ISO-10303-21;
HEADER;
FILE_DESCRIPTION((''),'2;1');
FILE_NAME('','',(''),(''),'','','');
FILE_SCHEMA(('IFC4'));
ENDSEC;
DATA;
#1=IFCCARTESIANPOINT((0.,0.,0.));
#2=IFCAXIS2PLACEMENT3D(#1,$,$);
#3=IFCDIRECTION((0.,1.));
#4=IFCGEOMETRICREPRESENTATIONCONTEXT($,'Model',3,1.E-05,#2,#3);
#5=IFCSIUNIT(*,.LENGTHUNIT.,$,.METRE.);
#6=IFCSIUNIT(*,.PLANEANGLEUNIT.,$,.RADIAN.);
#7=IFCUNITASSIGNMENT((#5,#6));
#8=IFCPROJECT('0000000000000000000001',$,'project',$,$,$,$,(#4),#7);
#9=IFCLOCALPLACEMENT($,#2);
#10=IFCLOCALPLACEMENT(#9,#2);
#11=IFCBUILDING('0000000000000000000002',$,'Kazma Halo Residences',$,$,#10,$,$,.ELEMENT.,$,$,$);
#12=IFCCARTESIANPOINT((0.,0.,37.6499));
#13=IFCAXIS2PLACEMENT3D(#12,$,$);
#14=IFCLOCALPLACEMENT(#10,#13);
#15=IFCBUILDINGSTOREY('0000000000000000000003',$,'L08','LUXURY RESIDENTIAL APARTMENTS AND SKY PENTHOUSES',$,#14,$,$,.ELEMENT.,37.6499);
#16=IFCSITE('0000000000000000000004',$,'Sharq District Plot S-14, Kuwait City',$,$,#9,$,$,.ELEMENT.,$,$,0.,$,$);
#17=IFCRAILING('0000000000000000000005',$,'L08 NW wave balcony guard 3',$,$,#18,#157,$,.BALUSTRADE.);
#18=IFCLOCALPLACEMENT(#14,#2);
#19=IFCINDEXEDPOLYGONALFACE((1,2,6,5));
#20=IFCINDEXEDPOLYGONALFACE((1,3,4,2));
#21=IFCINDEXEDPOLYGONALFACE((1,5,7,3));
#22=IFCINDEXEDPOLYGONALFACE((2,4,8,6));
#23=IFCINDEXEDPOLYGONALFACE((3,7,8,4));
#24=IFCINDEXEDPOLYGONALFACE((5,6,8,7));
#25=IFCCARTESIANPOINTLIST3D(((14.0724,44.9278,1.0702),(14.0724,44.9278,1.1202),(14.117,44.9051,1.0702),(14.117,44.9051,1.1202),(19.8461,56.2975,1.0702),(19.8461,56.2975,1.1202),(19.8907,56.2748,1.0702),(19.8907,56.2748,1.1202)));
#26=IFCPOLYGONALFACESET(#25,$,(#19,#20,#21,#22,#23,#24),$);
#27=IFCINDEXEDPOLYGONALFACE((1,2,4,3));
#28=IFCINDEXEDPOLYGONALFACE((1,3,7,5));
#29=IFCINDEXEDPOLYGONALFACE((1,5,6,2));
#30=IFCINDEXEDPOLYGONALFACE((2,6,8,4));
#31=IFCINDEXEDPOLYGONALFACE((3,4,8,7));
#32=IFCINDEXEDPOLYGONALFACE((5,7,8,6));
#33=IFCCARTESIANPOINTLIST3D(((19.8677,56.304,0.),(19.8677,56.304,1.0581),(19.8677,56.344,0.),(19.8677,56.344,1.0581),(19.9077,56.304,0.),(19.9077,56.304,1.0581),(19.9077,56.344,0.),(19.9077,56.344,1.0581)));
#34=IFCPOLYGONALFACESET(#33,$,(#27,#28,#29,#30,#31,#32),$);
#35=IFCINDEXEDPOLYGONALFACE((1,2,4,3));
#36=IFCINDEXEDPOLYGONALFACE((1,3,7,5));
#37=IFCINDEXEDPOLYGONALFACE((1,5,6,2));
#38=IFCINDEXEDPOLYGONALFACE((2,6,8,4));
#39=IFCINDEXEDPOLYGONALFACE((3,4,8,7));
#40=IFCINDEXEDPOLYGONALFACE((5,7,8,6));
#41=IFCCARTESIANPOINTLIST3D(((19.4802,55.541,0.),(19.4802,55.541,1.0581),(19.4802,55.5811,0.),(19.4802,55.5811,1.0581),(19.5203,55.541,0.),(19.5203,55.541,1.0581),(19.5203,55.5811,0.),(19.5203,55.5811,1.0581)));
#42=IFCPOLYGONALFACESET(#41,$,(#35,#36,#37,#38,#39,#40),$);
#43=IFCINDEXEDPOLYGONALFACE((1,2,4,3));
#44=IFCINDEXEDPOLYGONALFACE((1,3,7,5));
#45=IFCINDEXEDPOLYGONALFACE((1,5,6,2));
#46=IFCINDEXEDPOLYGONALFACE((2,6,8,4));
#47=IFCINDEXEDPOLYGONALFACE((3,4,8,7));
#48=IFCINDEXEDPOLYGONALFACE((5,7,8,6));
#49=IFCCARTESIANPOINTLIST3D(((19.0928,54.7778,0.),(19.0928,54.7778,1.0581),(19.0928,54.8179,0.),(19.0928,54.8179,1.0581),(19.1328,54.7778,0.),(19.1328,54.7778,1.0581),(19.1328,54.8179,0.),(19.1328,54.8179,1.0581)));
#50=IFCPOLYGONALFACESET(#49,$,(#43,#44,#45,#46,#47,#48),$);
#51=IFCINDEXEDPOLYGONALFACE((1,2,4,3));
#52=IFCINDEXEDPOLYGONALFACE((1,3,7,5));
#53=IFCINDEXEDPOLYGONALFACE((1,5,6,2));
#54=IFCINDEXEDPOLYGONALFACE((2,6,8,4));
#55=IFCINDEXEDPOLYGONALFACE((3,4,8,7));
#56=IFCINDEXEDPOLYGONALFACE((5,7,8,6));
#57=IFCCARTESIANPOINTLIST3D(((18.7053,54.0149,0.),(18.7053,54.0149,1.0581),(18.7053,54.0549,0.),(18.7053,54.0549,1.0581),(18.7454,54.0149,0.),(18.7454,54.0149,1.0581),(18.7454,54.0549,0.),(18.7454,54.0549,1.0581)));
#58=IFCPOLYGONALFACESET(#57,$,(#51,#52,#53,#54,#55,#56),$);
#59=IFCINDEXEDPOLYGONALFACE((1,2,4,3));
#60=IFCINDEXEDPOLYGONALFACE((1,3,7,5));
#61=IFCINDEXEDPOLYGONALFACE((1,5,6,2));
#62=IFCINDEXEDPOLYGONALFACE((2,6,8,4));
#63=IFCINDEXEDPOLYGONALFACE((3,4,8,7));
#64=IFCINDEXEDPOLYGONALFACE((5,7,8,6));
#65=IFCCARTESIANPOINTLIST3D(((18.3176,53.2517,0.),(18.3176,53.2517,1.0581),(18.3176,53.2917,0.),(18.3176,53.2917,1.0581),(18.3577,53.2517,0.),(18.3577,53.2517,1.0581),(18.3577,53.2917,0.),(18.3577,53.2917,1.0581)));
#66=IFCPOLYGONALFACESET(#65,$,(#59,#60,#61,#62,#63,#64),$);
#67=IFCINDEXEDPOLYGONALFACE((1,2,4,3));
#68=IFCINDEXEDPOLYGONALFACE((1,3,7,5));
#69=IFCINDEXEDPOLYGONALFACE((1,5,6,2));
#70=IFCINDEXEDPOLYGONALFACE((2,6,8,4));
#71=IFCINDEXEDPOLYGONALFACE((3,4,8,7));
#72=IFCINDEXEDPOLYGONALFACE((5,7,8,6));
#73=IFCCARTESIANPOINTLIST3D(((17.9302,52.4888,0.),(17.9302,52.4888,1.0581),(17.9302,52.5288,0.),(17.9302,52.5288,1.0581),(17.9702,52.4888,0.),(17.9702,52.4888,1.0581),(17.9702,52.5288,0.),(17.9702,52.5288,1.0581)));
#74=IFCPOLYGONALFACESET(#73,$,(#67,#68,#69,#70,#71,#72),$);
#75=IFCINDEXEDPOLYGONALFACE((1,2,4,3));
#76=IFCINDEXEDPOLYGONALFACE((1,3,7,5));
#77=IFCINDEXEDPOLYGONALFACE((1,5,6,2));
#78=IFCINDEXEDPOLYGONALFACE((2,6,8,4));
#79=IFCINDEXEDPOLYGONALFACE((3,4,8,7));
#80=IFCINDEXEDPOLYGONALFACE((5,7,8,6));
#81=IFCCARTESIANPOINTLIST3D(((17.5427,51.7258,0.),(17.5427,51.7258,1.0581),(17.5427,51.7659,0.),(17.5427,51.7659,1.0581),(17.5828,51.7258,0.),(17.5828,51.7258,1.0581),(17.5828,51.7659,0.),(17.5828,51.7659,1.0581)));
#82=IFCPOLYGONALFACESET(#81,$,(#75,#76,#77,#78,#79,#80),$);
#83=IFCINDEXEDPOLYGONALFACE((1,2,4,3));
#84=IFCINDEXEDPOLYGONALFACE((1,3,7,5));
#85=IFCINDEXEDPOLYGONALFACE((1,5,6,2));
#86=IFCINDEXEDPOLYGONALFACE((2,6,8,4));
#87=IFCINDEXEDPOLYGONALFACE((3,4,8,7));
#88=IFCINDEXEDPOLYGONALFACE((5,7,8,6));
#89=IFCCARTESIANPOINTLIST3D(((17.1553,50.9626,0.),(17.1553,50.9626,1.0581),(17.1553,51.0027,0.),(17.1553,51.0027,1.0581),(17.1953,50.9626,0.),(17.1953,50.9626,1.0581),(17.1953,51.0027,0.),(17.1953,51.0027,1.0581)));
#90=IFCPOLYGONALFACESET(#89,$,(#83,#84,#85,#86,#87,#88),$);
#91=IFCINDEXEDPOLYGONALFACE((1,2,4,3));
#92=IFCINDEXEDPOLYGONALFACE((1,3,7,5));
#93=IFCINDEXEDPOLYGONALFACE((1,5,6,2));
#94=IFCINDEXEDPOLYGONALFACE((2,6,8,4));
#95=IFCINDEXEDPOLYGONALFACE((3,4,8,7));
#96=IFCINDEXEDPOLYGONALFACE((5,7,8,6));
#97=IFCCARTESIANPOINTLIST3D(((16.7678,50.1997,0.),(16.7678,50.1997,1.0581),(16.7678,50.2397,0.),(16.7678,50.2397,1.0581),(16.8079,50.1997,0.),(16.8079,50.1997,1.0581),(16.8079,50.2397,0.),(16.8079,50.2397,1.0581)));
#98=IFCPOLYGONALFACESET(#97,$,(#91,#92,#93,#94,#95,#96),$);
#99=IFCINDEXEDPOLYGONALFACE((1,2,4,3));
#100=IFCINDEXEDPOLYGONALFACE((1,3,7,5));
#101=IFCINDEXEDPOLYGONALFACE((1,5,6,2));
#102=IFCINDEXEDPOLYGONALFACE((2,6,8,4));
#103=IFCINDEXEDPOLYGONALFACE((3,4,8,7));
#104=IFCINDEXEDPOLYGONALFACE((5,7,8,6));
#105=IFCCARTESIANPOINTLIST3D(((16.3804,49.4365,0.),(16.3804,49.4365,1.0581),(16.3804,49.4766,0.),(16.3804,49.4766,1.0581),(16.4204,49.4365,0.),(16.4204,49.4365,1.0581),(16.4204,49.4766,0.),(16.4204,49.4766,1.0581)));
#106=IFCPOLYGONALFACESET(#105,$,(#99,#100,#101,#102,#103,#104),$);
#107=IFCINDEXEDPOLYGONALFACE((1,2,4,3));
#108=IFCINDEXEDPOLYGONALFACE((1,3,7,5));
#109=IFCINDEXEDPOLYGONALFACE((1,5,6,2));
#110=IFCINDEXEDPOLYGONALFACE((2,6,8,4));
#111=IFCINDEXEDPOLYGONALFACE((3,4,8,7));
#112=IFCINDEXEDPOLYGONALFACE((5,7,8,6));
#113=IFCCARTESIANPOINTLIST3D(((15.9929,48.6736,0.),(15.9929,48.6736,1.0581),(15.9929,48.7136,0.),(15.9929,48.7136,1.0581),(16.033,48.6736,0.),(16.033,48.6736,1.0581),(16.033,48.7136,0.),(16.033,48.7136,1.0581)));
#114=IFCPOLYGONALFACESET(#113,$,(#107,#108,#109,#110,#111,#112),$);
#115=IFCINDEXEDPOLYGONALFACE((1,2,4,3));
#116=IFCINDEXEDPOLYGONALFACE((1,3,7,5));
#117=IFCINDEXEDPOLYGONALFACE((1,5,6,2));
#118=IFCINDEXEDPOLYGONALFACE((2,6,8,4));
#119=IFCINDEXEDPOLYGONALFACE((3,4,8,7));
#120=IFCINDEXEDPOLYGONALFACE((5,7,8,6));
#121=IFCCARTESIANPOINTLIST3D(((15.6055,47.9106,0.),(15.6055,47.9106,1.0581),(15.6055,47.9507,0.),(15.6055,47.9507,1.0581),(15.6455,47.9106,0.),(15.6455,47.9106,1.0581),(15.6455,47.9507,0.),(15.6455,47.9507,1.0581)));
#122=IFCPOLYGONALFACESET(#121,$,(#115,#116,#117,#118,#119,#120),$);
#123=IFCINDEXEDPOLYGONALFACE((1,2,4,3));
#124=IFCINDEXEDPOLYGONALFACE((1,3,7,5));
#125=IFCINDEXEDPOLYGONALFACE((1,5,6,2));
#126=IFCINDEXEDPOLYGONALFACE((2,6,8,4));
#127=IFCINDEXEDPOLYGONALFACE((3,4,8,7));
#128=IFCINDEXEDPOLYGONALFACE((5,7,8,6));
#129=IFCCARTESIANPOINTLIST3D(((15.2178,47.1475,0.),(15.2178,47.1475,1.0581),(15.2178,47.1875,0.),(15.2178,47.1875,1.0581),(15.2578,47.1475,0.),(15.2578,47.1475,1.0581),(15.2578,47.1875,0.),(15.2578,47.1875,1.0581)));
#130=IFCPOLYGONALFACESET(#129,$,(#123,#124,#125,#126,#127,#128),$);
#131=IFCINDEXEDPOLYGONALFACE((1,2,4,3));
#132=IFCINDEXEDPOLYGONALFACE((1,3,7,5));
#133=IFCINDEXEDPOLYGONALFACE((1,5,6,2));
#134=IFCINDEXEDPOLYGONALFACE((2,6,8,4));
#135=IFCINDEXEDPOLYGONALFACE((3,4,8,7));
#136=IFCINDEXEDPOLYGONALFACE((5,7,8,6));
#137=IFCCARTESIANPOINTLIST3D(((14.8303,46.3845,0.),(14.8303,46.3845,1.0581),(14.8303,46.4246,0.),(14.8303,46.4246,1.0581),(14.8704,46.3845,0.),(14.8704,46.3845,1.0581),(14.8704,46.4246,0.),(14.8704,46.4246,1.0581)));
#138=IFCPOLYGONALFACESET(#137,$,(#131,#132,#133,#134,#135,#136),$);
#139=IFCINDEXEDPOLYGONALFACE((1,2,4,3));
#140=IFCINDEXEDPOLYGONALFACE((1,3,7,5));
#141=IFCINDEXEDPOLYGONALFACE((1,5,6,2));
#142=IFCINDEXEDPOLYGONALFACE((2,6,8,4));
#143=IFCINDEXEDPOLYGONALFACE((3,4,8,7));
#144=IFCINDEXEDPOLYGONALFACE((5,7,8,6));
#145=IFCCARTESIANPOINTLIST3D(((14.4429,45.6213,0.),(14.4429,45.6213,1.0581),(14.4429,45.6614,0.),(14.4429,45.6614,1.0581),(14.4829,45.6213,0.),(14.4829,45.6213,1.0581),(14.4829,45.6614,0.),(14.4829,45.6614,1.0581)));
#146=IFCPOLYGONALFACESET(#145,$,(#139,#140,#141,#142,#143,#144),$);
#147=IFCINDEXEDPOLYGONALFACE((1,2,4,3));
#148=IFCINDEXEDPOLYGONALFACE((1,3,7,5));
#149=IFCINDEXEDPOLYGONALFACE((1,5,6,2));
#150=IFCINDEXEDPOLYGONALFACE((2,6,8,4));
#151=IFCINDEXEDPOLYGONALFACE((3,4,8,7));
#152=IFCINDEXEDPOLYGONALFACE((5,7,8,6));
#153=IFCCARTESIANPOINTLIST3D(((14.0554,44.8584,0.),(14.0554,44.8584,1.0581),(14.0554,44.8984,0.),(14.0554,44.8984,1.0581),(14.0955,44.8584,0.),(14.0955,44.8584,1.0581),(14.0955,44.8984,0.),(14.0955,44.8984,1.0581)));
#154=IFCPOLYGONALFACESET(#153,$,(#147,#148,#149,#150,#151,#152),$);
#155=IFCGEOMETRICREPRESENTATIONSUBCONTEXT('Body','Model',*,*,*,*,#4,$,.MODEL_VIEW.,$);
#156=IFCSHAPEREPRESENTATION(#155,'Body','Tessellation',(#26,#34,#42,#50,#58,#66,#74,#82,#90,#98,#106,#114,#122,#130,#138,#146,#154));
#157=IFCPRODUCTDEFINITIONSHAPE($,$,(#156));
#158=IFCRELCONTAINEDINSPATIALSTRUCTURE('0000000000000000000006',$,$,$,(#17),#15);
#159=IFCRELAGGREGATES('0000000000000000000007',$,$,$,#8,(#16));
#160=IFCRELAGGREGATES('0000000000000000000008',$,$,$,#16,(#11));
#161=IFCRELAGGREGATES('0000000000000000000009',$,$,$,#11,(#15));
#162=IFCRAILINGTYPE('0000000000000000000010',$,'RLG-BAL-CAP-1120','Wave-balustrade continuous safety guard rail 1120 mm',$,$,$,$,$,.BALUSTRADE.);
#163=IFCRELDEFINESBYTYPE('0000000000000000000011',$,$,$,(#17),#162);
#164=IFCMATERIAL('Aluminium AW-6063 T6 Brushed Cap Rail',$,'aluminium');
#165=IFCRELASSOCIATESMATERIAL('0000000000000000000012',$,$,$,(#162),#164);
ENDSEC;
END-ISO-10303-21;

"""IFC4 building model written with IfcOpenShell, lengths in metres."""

from ifc_helpers import new_model, si_unit, direction, frame, origin, origin_2d, place, context, subcontext, project, spatial, rectangle, extrude, material, type_object, element, save


model = new_model("IFC4")

# Units and contexts
model_context = context("Model", 3, precision=1e-05, world=origin(), true_north=direction((0.0, 1.0)))
body_context = subcontext(model_context, "Body", "Model", "MODEL_VIEW")
ifc_project = project(units=[si_unit("LENGTHUNIT", "METRE"), si_unit("PLANEANGLEUNIT", "RADIAN")], contexts=[model_context])

# Site, building, storey
site_placement = place(None, origin())
site = spatial("IfcSite", under=ifc_project, at=site_placement, Name="Sharq District Plot S-14, Kuwait City", CompositionType="ELEMENT", RefElevation=0.0)
building_placement = place(site_placement, origin())
building = spatial("IfcBuilding", under=site, at=building_placement, Name="Kazma Halo Residences", CompositionType="ELEMENT")
storey_placement = place(building_placement, frame((0.0, 0.0, 37.6499)))
storey = spatial("IfcBuildingStorey", under=building, at=storey_placement, Name="L08", Description="LUXURY RESIDENTIAL APARTMENTS AND SKY PENTHOUSES", CompositionType="ELEMENT", Elevation=37.6499)

# Railing
ifc_material_1 = material(Name="Aluminium AW-6063 T6 Brushed Cap Rail", Category="aluminium")
railing_type = type_object("IfcRailingType", Name="RLG-BAL-CAP-1120", Description="Wave-balustrade continuous safety guard rail 1120 mm", PredefinedType="BALUSTRADE", material=ifc_material_1)
railing_1_placement = place(storey_placement, frame((19.8877, 56.324, 0.0)))
element("IfcRailing", 1, at=railing_1_placement, inside=storey, type_object=railing_type, Name="L08 NW wave balcony guard 3", PredefinedType="BALUSTRADE", context=body_context, shape_type="SweptSolid", body=[
    extrude(rectangle(XDim=0.05, YDim=0.05, at=origin_2d()), frame((-0.0193, -0.0378, 1.0952), z_axis=(-0.452781, -0.891622, 0.0), x_axis=(0.891622, -0.452781, 0.0)), (0.0, 0.0, 1.0), 12.7517),
    extrude(rectangle(XDim=0.04, YDim=0.04, at=origin_2d()), origin(), (0.0, 0.0, 1.0), 1.0581),
    extrude(rectangle(XDim=0.04, YDim=0.04, at=origin_2d()), frame((-0.3875, -0.7629, 0.0)), (0.0, 0.0, 1.0), 1.0581),
    extrude(rectangle(XDim=0.04, YDim=0.04, at=origin_2d()), frame((-0.7749, -1.5261, 0.0)), (0.0, 0.0, 1.0), 1.0581),
    extrude(rectangle(XDim=0.04, YDim=0.04, at=origin_2d()), frame((-1.1624, -2.2891, 0.0)), (0.0, 0.0, 1.0), 1.0581),
    extrude(rectangle(XDim=0.04, YDim=0.04, at=origin_2d()), frame((-1.55, -3.0522, 0.0)), (0.0, 0.0, 1.0), 1.0581),
    extrude(rectangle(XDim=0.04, YDim=0.04, at=origin_2d()), frame((-1.9375, -3.8152, 0.0)), (0.0, 0.0, 1.0), 1.0581),
    extrude(rectangle(XDim=0.04, YDim=0.04, at=origin_2d()), frame((-2.325, -4.5781, 0.0)), (0.0, 0.0, 1.0), 1.0581),
    extrude(rectangle(XDim=0.04, YDim=0.04, at=origin_2d()), frame((-2.7124, -5.3413, 0.0)), (0.0, 0.0, 1.0), 1.0581),
    extrude(rectangle(XDim=0.04, YDim=0.04, at=origin_2d()), frame((-3.0999, -6.1042, 0.0)), (0.0, 0.0, 1.0), 1.0581),
    extrude(rectangle(XDim=0.04, YDim=0.04, at=origin_2d()), frame((-3.4873, -6.8674, 0.0)), (0.0, 0.0, 1.0), 1.0581),
    extrude(rectangle(XDim=0.04, YDim=0.04, at=origin_2d()), frame((-3.8748, -7.6304, 0.0)), (0.0, 0.0, 1.0), 1.0581),
    extrude(rectangle(XDim=0.04, YDim=0.04, at=origin_2d()), frame((-4.2622, -8.3933, 0.0)), (0.0, 0.0, 1.0), 1.0581),
    extrude(rectangle(XDim=0.04, YDim=0.04, at=origin_2d()), frame((-4.6499, -9.1565, 0.0)), (0.0, 0.0, 1.0), 1.0581),
    extrude(rectangle(XDim=0.04, YDim=0.04, at=origin_2d()), frame((-5.0374, -9.9194, 0.0)), (0.0, 0.0, 1.0), 1.0581),
    extrude(rectangle(XDim=0.04, YDim=0.04, at=origin_2d()), frame((-5.4248, -10.6826, 0.0)), (0.0, 0.0, 1.0), 1.0581),
    extrude(rectangle(XDim=0.04, YDim=0.04, at=origin_2d()), frame((-5.8123, -11.4456, 0.0)), (0.0, 0.0, 1.0), 1.0581),
])

save(model, "model.ifc")
